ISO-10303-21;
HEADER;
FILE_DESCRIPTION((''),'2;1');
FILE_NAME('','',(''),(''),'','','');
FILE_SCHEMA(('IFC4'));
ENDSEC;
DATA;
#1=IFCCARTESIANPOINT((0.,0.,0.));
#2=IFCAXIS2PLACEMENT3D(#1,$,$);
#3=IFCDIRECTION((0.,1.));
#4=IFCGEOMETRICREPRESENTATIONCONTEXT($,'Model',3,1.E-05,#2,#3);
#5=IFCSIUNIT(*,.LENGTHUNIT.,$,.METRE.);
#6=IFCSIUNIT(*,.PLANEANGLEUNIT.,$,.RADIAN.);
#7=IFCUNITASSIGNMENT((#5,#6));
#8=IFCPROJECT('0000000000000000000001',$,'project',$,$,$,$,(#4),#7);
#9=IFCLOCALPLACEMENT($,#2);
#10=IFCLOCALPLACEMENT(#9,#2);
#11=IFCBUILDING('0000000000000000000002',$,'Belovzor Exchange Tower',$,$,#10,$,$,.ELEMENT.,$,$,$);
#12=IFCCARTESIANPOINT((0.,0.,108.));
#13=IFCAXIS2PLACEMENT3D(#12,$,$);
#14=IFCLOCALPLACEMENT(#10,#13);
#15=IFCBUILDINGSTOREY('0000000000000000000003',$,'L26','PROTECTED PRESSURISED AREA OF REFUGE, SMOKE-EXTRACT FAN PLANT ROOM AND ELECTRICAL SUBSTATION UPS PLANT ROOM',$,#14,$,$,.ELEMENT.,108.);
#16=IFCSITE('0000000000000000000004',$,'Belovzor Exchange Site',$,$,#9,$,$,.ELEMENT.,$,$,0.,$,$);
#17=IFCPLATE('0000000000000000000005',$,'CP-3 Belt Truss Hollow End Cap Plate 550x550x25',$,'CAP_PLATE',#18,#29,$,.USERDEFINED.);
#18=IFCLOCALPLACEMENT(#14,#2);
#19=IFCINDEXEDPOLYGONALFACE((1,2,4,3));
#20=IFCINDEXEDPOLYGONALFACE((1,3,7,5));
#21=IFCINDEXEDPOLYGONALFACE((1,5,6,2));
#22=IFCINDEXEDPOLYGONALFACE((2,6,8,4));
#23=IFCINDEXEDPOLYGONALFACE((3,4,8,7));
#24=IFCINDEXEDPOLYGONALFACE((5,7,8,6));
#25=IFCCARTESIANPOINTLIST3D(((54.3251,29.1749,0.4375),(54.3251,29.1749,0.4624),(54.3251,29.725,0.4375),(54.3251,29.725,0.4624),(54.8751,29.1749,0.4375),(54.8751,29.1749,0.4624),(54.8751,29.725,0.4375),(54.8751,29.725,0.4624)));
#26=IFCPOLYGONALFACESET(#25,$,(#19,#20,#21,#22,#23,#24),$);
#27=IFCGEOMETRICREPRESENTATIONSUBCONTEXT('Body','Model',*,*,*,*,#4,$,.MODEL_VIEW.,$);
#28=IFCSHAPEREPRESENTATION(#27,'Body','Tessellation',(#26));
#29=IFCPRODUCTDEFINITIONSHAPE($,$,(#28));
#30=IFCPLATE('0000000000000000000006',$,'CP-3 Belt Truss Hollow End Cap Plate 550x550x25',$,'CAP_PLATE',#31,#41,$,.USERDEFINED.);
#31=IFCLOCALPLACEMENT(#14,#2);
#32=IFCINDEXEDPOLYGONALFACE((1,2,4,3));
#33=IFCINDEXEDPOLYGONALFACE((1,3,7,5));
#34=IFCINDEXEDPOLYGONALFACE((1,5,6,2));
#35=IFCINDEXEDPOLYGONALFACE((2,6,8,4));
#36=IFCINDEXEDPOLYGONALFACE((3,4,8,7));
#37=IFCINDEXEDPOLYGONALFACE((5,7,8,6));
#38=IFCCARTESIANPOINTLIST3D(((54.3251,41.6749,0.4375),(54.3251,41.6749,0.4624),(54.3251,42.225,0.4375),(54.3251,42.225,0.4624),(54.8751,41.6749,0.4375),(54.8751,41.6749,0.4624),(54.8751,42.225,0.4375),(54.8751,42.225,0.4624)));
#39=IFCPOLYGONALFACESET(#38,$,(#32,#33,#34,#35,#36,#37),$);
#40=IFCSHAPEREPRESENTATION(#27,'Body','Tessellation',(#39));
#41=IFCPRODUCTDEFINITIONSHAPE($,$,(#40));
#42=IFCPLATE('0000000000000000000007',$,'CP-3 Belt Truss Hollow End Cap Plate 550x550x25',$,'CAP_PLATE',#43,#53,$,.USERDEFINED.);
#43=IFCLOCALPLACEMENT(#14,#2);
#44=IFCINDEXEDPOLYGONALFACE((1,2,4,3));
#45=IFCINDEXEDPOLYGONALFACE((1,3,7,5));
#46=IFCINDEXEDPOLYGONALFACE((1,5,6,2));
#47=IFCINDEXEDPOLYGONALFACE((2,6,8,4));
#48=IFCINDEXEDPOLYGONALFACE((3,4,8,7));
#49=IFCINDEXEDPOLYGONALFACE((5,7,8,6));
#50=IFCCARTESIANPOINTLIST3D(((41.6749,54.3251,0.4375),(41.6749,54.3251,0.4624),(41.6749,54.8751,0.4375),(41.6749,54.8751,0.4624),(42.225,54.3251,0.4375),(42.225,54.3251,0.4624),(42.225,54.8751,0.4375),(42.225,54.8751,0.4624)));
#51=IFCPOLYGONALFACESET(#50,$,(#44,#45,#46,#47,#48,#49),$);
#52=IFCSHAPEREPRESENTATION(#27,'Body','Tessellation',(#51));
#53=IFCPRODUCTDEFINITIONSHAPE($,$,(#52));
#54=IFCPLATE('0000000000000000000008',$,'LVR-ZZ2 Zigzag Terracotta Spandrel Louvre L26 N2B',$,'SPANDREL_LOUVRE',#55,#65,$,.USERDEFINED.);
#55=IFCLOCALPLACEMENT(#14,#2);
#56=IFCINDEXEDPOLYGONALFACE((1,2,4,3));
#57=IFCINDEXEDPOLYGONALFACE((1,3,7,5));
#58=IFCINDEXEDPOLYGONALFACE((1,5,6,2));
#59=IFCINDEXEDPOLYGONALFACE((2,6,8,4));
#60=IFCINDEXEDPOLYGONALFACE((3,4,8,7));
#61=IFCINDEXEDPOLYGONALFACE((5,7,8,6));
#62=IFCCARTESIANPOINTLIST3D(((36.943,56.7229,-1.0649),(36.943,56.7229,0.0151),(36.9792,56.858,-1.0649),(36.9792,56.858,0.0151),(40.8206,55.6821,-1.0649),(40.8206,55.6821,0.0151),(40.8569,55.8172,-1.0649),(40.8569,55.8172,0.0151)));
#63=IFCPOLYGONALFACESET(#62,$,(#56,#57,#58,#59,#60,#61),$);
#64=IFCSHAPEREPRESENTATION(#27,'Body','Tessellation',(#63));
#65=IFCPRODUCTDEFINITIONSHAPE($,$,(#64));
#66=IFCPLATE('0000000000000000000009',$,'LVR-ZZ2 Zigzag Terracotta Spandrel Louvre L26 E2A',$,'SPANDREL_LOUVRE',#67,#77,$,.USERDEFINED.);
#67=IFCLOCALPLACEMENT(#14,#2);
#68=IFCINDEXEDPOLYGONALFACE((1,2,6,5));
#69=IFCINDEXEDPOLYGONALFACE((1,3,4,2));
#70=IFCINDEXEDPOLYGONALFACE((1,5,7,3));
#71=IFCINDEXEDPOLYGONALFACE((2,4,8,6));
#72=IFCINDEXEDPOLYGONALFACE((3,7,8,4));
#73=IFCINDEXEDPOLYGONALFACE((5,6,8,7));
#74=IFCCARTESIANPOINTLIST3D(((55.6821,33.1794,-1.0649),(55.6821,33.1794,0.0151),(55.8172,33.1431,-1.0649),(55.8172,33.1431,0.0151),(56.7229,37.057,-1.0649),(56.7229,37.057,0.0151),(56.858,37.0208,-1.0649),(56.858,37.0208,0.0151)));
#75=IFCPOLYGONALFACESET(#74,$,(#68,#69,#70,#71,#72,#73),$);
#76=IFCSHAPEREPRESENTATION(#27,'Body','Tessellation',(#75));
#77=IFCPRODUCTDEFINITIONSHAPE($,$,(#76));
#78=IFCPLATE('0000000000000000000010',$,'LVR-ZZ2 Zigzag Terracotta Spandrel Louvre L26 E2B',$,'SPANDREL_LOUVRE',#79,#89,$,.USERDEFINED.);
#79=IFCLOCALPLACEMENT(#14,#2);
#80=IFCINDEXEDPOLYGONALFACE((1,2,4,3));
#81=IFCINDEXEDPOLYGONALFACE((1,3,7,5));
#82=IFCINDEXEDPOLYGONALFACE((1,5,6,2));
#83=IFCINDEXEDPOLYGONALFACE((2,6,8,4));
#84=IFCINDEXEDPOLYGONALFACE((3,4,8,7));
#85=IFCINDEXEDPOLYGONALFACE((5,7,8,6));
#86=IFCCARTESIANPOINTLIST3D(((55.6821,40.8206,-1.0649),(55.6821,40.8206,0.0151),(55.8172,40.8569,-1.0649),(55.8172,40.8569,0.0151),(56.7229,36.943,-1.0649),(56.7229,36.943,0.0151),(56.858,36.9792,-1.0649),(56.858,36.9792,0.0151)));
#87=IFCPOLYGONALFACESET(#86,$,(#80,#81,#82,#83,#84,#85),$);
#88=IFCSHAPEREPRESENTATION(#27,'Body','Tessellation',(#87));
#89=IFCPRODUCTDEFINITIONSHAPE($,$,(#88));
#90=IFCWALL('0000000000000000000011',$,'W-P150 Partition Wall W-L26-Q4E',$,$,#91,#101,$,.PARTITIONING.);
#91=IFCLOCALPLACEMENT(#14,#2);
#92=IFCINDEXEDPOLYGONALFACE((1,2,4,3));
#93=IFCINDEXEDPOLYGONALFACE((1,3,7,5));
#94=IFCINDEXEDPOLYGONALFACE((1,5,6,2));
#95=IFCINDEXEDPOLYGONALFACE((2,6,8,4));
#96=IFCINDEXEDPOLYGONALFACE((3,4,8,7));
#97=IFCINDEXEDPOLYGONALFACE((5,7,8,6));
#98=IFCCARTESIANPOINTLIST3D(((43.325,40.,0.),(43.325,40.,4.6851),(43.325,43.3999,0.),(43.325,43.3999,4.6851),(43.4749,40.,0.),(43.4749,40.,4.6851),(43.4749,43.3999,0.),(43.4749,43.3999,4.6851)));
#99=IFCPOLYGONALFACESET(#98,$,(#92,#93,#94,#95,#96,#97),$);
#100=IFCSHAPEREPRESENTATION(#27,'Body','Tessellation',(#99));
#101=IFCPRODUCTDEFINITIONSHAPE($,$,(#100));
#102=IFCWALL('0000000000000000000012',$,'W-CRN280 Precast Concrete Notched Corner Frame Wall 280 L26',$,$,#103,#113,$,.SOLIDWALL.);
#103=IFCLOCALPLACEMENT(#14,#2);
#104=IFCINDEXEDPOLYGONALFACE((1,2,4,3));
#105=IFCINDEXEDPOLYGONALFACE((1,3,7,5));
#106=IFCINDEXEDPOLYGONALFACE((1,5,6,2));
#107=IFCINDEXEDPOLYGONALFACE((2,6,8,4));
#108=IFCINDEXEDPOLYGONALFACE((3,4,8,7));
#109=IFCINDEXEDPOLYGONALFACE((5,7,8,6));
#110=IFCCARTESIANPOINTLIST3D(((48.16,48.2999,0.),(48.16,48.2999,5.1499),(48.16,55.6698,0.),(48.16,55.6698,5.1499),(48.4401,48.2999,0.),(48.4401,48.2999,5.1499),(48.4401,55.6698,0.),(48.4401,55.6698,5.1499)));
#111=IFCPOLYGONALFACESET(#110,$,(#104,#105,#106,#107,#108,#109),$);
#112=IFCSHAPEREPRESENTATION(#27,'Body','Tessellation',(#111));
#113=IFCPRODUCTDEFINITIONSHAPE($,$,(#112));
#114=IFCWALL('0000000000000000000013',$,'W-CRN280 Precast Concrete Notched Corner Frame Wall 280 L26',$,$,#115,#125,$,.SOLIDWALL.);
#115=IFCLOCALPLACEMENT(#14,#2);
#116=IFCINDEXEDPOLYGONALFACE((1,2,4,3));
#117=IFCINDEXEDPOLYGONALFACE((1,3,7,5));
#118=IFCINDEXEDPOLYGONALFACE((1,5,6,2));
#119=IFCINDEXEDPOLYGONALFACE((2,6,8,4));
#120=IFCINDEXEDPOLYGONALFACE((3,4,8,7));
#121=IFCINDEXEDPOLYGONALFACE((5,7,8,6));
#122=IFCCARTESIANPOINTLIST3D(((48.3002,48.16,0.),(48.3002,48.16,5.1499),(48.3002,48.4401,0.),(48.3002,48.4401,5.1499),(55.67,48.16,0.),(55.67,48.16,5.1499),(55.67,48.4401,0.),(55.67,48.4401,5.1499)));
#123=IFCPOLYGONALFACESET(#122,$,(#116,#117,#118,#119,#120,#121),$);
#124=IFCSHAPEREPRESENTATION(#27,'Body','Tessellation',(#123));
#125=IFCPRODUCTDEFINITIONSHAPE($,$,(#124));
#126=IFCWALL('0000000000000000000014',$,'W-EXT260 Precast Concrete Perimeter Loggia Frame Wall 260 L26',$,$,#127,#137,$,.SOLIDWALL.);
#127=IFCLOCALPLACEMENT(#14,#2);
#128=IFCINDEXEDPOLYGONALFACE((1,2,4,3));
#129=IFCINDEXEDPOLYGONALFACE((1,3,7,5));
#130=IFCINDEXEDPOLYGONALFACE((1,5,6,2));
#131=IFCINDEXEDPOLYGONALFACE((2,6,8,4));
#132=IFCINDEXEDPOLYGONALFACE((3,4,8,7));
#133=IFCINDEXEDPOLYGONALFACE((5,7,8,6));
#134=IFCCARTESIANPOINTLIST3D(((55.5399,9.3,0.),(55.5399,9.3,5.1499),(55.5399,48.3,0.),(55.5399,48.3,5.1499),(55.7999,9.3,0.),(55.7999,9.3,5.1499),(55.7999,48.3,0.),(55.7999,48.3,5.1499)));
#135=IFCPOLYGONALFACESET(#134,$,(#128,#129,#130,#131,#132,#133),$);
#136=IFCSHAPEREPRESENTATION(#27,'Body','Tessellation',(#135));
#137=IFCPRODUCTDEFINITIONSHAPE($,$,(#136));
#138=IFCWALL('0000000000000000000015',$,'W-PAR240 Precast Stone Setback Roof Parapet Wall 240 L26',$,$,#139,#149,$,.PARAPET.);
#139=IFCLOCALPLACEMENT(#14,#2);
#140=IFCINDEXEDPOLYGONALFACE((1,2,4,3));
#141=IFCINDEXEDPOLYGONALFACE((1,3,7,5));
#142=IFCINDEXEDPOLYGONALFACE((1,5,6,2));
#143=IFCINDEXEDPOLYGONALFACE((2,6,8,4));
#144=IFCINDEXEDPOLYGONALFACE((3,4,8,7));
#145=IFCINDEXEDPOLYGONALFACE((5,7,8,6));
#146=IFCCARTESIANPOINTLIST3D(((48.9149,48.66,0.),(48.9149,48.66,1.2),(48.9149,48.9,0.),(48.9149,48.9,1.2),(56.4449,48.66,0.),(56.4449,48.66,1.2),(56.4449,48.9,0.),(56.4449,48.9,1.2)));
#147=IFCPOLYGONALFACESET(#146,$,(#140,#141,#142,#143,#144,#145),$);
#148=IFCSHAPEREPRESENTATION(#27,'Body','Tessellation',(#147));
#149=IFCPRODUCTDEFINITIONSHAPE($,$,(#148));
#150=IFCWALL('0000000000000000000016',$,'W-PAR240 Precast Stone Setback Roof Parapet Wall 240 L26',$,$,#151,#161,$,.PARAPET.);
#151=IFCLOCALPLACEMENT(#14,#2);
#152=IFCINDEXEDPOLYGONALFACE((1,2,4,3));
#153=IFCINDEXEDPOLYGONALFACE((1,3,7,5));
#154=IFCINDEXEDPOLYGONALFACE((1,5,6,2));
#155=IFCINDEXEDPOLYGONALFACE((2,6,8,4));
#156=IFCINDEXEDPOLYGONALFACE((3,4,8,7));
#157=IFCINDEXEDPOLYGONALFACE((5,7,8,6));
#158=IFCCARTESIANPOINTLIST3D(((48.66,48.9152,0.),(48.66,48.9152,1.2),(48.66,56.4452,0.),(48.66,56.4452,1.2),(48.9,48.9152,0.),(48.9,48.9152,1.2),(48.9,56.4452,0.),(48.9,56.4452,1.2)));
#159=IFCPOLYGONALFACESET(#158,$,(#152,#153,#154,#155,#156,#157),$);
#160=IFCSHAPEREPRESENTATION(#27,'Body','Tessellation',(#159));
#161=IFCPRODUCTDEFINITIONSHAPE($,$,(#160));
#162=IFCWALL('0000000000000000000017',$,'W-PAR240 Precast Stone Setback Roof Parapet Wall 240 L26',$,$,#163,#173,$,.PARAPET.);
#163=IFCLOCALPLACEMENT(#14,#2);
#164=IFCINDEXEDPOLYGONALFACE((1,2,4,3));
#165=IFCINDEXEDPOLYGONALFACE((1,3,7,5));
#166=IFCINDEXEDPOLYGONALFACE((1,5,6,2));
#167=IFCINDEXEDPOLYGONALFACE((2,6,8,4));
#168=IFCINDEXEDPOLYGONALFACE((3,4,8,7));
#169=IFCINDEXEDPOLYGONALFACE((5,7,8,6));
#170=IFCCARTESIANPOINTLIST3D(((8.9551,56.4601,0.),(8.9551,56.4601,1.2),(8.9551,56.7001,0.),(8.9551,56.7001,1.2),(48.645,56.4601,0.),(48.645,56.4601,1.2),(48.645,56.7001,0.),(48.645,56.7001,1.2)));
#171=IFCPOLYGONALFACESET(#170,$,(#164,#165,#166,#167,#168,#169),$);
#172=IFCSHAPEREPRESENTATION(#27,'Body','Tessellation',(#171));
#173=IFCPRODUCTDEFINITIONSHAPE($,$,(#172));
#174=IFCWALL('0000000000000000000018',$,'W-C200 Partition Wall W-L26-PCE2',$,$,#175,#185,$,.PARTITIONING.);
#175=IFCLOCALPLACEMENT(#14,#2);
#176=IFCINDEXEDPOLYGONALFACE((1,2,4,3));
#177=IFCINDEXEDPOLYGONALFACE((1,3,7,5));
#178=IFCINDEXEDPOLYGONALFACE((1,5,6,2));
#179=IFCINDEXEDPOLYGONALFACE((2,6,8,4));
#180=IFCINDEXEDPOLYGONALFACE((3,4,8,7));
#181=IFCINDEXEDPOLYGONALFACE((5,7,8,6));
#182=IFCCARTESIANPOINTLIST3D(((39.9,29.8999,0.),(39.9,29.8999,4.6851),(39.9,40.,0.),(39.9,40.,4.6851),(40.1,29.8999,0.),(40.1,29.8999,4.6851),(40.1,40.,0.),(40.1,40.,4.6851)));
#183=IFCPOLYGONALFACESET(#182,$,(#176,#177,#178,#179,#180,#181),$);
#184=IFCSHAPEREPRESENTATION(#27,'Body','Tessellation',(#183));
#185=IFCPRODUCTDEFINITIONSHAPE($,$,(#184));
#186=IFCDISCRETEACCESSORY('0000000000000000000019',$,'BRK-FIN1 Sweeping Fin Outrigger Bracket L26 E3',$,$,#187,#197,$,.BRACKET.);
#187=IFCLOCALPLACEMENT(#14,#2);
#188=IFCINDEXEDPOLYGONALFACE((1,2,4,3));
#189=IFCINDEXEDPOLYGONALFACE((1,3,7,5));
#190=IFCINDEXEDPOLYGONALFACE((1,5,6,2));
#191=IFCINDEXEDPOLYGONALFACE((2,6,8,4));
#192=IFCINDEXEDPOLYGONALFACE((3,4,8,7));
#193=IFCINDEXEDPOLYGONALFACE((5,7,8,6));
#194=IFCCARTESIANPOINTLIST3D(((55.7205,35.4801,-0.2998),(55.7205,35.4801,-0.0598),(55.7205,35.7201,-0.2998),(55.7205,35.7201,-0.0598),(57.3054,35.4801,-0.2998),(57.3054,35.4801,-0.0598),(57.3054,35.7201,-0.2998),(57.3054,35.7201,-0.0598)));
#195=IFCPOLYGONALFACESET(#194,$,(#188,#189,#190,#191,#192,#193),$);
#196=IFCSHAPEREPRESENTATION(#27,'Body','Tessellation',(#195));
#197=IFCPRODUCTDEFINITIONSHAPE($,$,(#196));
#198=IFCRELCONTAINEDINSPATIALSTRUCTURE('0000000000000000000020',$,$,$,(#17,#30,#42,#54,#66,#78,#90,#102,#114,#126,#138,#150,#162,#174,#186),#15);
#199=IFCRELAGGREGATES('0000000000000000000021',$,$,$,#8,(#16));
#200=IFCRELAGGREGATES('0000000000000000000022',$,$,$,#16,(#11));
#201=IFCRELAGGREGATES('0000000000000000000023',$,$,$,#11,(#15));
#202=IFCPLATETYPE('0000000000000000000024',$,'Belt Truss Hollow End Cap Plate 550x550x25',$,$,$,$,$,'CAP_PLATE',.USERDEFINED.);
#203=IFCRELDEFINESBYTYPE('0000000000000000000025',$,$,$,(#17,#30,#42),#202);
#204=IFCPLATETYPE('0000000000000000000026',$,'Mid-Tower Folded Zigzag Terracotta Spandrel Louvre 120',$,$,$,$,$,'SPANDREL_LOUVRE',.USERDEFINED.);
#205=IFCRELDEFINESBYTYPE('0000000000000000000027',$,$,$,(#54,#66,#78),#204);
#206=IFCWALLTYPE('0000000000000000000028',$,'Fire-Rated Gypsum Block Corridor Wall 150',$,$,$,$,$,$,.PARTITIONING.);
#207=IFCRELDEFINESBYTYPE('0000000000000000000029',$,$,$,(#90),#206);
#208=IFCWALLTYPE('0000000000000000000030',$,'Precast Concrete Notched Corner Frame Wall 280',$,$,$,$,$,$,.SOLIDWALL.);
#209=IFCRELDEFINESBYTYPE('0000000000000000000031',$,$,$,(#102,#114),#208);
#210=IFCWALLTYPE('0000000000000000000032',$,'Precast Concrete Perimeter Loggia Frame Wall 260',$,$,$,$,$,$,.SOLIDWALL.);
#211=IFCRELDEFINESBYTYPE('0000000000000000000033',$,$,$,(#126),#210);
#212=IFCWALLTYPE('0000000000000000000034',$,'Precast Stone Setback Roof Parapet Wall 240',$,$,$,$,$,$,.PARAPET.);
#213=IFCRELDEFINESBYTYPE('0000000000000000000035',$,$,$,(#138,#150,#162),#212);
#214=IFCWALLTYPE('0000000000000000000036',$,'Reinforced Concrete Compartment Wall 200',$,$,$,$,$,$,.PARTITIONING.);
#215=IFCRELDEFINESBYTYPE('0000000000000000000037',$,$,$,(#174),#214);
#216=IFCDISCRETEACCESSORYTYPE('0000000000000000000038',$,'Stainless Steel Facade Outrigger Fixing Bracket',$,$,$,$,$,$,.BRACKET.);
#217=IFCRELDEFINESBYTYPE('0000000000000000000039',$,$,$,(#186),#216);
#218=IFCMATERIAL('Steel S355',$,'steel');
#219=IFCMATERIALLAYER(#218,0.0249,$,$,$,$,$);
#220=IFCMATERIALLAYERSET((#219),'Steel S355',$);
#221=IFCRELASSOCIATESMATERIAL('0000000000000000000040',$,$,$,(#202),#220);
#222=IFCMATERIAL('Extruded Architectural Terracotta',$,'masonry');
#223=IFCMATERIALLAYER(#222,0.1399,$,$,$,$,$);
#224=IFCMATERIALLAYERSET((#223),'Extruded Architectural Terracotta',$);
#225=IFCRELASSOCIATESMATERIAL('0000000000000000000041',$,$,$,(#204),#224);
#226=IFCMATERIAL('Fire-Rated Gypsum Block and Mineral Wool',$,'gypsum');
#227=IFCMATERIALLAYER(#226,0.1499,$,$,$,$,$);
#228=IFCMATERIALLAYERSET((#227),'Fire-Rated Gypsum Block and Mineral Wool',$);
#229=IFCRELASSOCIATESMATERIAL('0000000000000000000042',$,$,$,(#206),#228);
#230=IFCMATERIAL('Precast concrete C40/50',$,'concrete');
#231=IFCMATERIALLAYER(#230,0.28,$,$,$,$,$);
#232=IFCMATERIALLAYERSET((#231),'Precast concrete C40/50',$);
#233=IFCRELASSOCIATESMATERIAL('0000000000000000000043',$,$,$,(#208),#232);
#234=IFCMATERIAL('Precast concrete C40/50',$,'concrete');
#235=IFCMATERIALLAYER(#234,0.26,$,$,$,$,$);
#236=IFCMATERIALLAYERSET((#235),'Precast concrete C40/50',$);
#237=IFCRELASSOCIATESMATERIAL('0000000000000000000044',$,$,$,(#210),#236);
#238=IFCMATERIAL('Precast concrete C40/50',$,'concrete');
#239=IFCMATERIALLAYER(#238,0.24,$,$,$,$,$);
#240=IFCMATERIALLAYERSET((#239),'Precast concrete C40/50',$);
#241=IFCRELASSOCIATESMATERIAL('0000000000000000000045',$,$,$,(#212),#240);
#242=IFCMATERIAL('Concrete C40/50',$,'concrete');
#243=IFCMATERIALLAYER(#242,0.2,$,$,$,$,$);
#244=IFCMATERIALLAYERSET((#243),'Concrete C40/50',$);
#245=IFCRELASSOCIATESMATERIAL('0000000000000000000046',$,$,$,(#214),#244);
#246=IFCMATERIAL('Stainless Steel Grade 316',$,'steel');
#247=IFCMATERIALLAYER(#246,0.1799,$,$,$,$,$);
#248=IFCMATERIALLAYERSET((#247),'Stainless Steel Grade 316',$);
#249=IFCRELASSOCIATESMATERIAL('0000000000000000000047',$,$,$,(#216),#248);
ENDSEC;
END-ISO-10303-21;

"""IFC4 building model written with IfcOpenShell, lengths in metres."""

from ifc_helpers import new_model, si_unit, direction, frame, frame_2d, origin, origin_2d, place, context, subcontext, project, spatial, rectangle, extrude, material, layer, layer_set, type_object, element, save


model = new_model("IFC4")

# Units and contexts
model_context = context("Model", 3, precision=1e-05, world=origin(), true_north=direction((0.0, 1.0)))
body_context = subcontext(model_context, "Body", "Model", "MODEL_VIEW")
ifc_project = project(units=[si_unit("LENGTHUNIT", "METRE"), si_unit("PLANEANGLEUNIT", "RADIAN")], contexts=[model_context])

# Site, building, storey
site_placement = place(None, origin())
site = spatial("IfcSite", under=ifc_project, at=site_placement, Name="Belovzor Exchange Site", CompositionType="ELEMENT", RefElevation=0.0)
building_placement = place(site_placement, origin())
building = spatial("IfcBuilding", under=site, at=building_placement, Name="Belovzor Exchange Tower", CompositionType="ELEMENT")
storey_placement = place(building_placement, frame((0.0, 0.0, 108.0)))
storey = spatial("IfcBuildingStorey", under=building, at=storey_placement, Name="L26", Description="PROTECTED PRESSURISED AREA OF REFUGE, SMOKE-EXTRACT FAN PLANT ROOM AND ELECTRICAL SUBSTATION UPS PLANT ROOM", CompositionType="ELEMENT", Elevation=108.0)

# Plates
ifc_material_1 = material(Name="Steel S355", Category="steel")
ifc_layer_1 = layer(ifc_material_1, 0.0249)
ifc_layer_set_1 = layer_set([ifc_layer_1], Name="Steel S355")
plate_type_1 = type_object("IfcPlateType", Name="Belt Truss Hollow End Cap Plate 550x550x25", ElementType="CAP_PLATE", PredefinedType="USERDEFINED", material=ifc_layer_set_1)
for number, where, z_axis, x_axis, name in (
    (1, (54.6001, 29.45, 0.4375), (0.0, 0.0, 1.0), (0.0, 1.0, 0.0), "CP-3 Belt Truss Hollow End Cap Plate 550x550x25"),
    (2, (54.6001, 41.95, 0.4375), (0.0, 0.0, 1.0), (0.0, 1.0, 0.0), "CP-3 Belt Truss Hollow End Cap Plate 550x550x25"),
    (3, (41.95, 54.6001, 0.4375), (0.0, 0.0, 1.0), (1.0, 0.0, 0.0), "CP-3 Belt Truss Hollow End Cap Plate 550x550x25"),
):
    element("IfcPlate", number, at=place(storey_placement, frame(where, z_axis=z_axis, x_axis=x_axis)), inside=storey, type_object=plate_type_1, Name=name, ObjectType="CAP_PLATE", PredefinedType="USERDEFINED", context=body_context, shape_type="SweptSolid", body=[
        extrude(rectangle(XDim=0.55, YDim=0.55, at=origin_2d()), origin(), (0.0, 0.0, 1.0), 0.0249),
    ])
ifc_material_2 = material(Name="Extruded Architectural Terracotta", Category="masonry")
ifc_layer_2 = layer(ifc_material_2, 0.1399)
ifc_layer_set_2 = layer_set([ifc_layer_2], Name="Extruded Architectural Terracotta")
plate_type_2 = type_object("IfcPlateType", Name="Mid-Tower Folded Zigzag Terracotta Spandrel Louvre 120", ElementType="SPANDREL_LOUVRE", PredefinedType="USERDEFINED", material=ifc_layer_set_2)
for number, where, z_axis, x_axis, name in (
    (4, (38.8999, 56.27, -1.0649), (0.0, 0.0, 1.0), (0.965813, -0.25924, 0.0), "LVR-ZZ2 Zigzag Terracotta Spandrel Louvre L26 N2B"),
    (5, (56.27, 35.1001, -1.0649), (0.0, 0.0, 1.0), (0.25924, 0.965813, 0.0), "LVR-ZZ2 Zigzag Terracotta Spandrel Louvre L26 E2A"),
    (6, (56.27, 38.8999, -1.0649), (0.0, 0.0, 1.0), (-0.25924, 0.965813, 0.0), "LVR-ZZ2 Zigzag Terracotta Spandrel Louvre L26 E2B"),
):
    element("IfcPlate", number, at=place(storey_placement, frame(where, z_axis=z_axis, x_axis=x_axis)), inside=storey, type_object=plate_type_2, Name=name, ObjectType="SPANDREL_LOUVRE", PredefinedType="USERDEFINED", context=body_context, shape_type="SweptSolid", body=[
        extrude(rectangle(XDim=4.0149, YDim=0.1399, at=origin_2d()), origin(), (0.0, 0.0, 1.0), 1.0801),
    ])

# Walls
ifc_material_3 = material(Name="Fire-Rated Gypsum Block and Mineral Wool", Category="gypsum")
ifc_layer_3 = layer(ifc_material_3, 0.1499)
ifc_layer_set_3 = layer_set([ifc_layer_3], Name="Fire-Rated Gypsum Block and Mineral Wool")
wall_type_1 = type_object("IfcWallType", Name="Fire-Rated Gypsum Block Corridor Wall 150", PredefinedType="PARTITIONING", material=ifc_layer_set_3)
wall_1_placement = place(storey_placement, frame((43.3999, 40.0, 0.0), z_axis=(0.0, 0.0, 1.0), x_axis=(0.0, 1.0, 0.0)))
element("IfcWall", 7, at=wall_1_placement, inside=storey, type_object=wall_type_1, Name="W-P150 Partition Wall W-L26-Q4E", PredefinedType="PARTITIONING", context=body_context, shape_type="SweptSolid", body=[
    extrude(rectangle(XDim=3.3999, YDim=0.1499, at=frame_2d((1.7, 0.0))), origin(), (0.0, 0.0, 1.0), 4.6851),
])
ifc_material_4 = material(Name="Precast concrete C40/50", Category="concrete")
ifc_layer_4 = layer(ifc_material_4, 0.28)
ifc_layer_set_4 = layer_set([ifc_layer_4], Name="Precast concrete C40/50")
wall_type_2 = type_object("IfcWallType", Name="Precast Concrete Notched Corner Frame Wall 280", PredefinedType="SOLIDWALL", material=ifc_layer_set_4)
for number, where, z_axis, x_axis, name in (
    (8, (48.3, 55.6699, 0.0), (0.0, 0.0, 1.0), (0.0, -1.0, 0.0), "W-CRN280 Precast Concrete Notched Corner Frame Wall 280 L26"),
    (9, (48.3, 48.3, 0.0), (0.0, 0.0, 1.0), (1.0, 0.0, 0.0), "W-CRN280 Precast Concrete Notched Corner Frame Wall 280 L26"),
):
    element("IfcWall", number, at=place(storey_placement, frame(where, z_axis=z_axis, x_axis=x_axis)), inside=storey, type_object=wall_type_2, Name=name, PredefinedType="SOLIDWALL", context=body_context, shape_type="SweptSolid", body=[
        extrude(rectangle(XDim=7.3699, YDim=0.28, at=frame_2d((3.6851, 0.0))), origin(), (0.0, 0.0, 1.0), 5.1499),
    ])
ifc_material_5 = material(Name="Precast concrete C40/50", Category="concrete")
ifc_layer_5 = layer(ifc_material_5, 0.26)
ifc_layer_set_5 = layer_set([ifc_layer_5], Name="Precast concrete C40/50")
wall_type_3 = type_object("IfcWallType", Name="Precast Concrete Perimeter Loggia Frame Wall 260", PredefinedType="SOLIDWALL", material=ifc_layer_set_5)
wall_2_placement = place(storey_placement, frame((55.6699, 48.3, 0.0), z_axis=(0.0, 0.0, 1.0), x_axis=(0.0, -1.0, 0.0)))
element("IfcWall", 10, at=wall_2_placement, inside=storey, type_object=wall_type_3, Name="W-EXT260 Precast Concrete Perimeter Loggia Frame Wall 260 L26", PredefinedType="SOLIDWALL", context=body_context, shape_type="SweptSolid", body=[
    extrude(rectangle(XDim=39.0, YDim=0.26, at=frame_2d((19.5, 0.0))), origin(), (0.0, 0.0, 1.0), 5.1499),
])
ifc_material_6 = material(Name="Precast concrete C40/50", Category="concrete")
ifc_layer_6 = layer(ifc_material_6, 0.24)
ifc_layer_set_6 = layer_set([ifc_layer_6], Name="Precast concrete C40/50")
wall_type_4 = type_object("IfcWallType", Name="Precast Stone Setback Roof Parapet Wall 240", PredefinedType="PARAPET", material=ifc_layer_set_6)
for number, where, z_axis, x_axis, name in (
    (11, (56.4451, 48.78, 0.0), (0.0, 0.0, 1.0), (-1.0, 0.0, 0.0), "W-PAR240 Precast Stone Setback Roof Parapet Wall 240 L26"),
    (12, (48.78, 48.915, 0.0), (0.0, 0.0, 1.0), (0.0, 1.0, 0.0), "W-PAR240 Precast Stone Setback Roof Parapet Wall 240 L26"),
):
    element("IfcWall", number, at=place(storey_placement, frame(where, z_axis=z_axis, x_axis=x_axis)), inside=storey, type_object=wall_type_4, Name=name, PredefinedType="PARAPET", context=body_context, shape_type="SweptSolid", body=[
        extrude(rectangle(XDim=7.53, YDim=0.24, at=frame_2d((3.7651, 0.0))), origin(), (0.0, 0.0, 1.0), 1.2),
    ])
wall_3_placement = place(storey_placement, frame((48.645, 56.5801, 0.0), z_axis=(0.0, 0.0, 1.0), x_axis=(-1.0, 0.0, 0.0)))
element("IfcWall", 13, at=wall_3_placement, inside=storey, type_object=wall_type_4, Name="W-PAR240 Precast Stone Setback Roof Parapet Wall 240 L26", PredefinedType="PARAPET", context=body_context, shape_type="SweptSolid", body=[
    extrude(rectangle(XDim=39.6899, YDim=0.24, at=frame_2d((19.845, 0.0))), origin(), (0.0, 0.0, 1.0), 1.2),
])
ifc_material_7 = material(Name="Concrete C40/50", Category="concrete")
ifc_layer_7 = layer(ifc_material_7, 0.2)
ifc_layer_set_7 = layer_set([ifc_layer_7], Name="Concrete C40/50")
wall_type_5 = type_object("IfcWallType", Name="Reinforced Concrete Compartment Wall 200", PredefinedType="PARTITIONING", material=ifc_layer_set_7)
wall_4_placement = place(storey_placement, frame((40.0, 29.8999, 0.0), z_axis=(0.0, 0.0, 1.0), x_axis=(0.0, 1.0, 0.0)))
element("IfcWall", 14, at=wall_4_placement, inside=storey, type_object=wall_type_5, Name="W-C200 Partition Wall W-L26-PCE2", PredefinedType="PARTITIONING", context=body_context, shape_type="SweptSolid", body=[
    extrude(rectangle(XDim=10.1001, YDim=0.2, at=frame_2d((5.05, 0.0))), origin(), (0.0, 0.0, 1.0), 4.6851),
])

# Discrete accessory
ifc_material_8 = material(Name="Stainless Steel Grade 316", Category="steel")
ifc_layer_8 = layer(ifc_material_8, 0.1799)
ifc_layer_set_8 = layer_set([ifc_layer_8], Name="Stainless Steel Grade 316")
discrete_accessory_type = type_object("IfcDiscreteAccessoryType", Name="Stainless Steel Facade Outrigger Fixing Bracket", PredefinedType="BRACKET", material=ifc_layer_set_8)
for number, where, z_axis, x_axis, name in (
    (15, (56.5129, 35.6001, -0.2998), (0.0, 0.0, 1.0), (1.0, 0.0, 0.0), "BRK-FIN1 Sweeping Fin Outrigger Bracket L26 E3"),
):
    element("IfcDiscreteAccessory", number, at=place(storey_placement, frame(where, z_axis=z_axis, x_axis=x_axis)), inside=storey, type_object=discrete_accessory_type, Name=name, PredefinedType="BRACKET", context=body_context, shape_type="SweptSolid", body=[
        extrude(rectangle(XDim=1.585, YDim=0.24, at=origin_2d()), origin(), (0.0, 0.0, 1.0), 0.24),
    ])

save(model, "model.ifc")
